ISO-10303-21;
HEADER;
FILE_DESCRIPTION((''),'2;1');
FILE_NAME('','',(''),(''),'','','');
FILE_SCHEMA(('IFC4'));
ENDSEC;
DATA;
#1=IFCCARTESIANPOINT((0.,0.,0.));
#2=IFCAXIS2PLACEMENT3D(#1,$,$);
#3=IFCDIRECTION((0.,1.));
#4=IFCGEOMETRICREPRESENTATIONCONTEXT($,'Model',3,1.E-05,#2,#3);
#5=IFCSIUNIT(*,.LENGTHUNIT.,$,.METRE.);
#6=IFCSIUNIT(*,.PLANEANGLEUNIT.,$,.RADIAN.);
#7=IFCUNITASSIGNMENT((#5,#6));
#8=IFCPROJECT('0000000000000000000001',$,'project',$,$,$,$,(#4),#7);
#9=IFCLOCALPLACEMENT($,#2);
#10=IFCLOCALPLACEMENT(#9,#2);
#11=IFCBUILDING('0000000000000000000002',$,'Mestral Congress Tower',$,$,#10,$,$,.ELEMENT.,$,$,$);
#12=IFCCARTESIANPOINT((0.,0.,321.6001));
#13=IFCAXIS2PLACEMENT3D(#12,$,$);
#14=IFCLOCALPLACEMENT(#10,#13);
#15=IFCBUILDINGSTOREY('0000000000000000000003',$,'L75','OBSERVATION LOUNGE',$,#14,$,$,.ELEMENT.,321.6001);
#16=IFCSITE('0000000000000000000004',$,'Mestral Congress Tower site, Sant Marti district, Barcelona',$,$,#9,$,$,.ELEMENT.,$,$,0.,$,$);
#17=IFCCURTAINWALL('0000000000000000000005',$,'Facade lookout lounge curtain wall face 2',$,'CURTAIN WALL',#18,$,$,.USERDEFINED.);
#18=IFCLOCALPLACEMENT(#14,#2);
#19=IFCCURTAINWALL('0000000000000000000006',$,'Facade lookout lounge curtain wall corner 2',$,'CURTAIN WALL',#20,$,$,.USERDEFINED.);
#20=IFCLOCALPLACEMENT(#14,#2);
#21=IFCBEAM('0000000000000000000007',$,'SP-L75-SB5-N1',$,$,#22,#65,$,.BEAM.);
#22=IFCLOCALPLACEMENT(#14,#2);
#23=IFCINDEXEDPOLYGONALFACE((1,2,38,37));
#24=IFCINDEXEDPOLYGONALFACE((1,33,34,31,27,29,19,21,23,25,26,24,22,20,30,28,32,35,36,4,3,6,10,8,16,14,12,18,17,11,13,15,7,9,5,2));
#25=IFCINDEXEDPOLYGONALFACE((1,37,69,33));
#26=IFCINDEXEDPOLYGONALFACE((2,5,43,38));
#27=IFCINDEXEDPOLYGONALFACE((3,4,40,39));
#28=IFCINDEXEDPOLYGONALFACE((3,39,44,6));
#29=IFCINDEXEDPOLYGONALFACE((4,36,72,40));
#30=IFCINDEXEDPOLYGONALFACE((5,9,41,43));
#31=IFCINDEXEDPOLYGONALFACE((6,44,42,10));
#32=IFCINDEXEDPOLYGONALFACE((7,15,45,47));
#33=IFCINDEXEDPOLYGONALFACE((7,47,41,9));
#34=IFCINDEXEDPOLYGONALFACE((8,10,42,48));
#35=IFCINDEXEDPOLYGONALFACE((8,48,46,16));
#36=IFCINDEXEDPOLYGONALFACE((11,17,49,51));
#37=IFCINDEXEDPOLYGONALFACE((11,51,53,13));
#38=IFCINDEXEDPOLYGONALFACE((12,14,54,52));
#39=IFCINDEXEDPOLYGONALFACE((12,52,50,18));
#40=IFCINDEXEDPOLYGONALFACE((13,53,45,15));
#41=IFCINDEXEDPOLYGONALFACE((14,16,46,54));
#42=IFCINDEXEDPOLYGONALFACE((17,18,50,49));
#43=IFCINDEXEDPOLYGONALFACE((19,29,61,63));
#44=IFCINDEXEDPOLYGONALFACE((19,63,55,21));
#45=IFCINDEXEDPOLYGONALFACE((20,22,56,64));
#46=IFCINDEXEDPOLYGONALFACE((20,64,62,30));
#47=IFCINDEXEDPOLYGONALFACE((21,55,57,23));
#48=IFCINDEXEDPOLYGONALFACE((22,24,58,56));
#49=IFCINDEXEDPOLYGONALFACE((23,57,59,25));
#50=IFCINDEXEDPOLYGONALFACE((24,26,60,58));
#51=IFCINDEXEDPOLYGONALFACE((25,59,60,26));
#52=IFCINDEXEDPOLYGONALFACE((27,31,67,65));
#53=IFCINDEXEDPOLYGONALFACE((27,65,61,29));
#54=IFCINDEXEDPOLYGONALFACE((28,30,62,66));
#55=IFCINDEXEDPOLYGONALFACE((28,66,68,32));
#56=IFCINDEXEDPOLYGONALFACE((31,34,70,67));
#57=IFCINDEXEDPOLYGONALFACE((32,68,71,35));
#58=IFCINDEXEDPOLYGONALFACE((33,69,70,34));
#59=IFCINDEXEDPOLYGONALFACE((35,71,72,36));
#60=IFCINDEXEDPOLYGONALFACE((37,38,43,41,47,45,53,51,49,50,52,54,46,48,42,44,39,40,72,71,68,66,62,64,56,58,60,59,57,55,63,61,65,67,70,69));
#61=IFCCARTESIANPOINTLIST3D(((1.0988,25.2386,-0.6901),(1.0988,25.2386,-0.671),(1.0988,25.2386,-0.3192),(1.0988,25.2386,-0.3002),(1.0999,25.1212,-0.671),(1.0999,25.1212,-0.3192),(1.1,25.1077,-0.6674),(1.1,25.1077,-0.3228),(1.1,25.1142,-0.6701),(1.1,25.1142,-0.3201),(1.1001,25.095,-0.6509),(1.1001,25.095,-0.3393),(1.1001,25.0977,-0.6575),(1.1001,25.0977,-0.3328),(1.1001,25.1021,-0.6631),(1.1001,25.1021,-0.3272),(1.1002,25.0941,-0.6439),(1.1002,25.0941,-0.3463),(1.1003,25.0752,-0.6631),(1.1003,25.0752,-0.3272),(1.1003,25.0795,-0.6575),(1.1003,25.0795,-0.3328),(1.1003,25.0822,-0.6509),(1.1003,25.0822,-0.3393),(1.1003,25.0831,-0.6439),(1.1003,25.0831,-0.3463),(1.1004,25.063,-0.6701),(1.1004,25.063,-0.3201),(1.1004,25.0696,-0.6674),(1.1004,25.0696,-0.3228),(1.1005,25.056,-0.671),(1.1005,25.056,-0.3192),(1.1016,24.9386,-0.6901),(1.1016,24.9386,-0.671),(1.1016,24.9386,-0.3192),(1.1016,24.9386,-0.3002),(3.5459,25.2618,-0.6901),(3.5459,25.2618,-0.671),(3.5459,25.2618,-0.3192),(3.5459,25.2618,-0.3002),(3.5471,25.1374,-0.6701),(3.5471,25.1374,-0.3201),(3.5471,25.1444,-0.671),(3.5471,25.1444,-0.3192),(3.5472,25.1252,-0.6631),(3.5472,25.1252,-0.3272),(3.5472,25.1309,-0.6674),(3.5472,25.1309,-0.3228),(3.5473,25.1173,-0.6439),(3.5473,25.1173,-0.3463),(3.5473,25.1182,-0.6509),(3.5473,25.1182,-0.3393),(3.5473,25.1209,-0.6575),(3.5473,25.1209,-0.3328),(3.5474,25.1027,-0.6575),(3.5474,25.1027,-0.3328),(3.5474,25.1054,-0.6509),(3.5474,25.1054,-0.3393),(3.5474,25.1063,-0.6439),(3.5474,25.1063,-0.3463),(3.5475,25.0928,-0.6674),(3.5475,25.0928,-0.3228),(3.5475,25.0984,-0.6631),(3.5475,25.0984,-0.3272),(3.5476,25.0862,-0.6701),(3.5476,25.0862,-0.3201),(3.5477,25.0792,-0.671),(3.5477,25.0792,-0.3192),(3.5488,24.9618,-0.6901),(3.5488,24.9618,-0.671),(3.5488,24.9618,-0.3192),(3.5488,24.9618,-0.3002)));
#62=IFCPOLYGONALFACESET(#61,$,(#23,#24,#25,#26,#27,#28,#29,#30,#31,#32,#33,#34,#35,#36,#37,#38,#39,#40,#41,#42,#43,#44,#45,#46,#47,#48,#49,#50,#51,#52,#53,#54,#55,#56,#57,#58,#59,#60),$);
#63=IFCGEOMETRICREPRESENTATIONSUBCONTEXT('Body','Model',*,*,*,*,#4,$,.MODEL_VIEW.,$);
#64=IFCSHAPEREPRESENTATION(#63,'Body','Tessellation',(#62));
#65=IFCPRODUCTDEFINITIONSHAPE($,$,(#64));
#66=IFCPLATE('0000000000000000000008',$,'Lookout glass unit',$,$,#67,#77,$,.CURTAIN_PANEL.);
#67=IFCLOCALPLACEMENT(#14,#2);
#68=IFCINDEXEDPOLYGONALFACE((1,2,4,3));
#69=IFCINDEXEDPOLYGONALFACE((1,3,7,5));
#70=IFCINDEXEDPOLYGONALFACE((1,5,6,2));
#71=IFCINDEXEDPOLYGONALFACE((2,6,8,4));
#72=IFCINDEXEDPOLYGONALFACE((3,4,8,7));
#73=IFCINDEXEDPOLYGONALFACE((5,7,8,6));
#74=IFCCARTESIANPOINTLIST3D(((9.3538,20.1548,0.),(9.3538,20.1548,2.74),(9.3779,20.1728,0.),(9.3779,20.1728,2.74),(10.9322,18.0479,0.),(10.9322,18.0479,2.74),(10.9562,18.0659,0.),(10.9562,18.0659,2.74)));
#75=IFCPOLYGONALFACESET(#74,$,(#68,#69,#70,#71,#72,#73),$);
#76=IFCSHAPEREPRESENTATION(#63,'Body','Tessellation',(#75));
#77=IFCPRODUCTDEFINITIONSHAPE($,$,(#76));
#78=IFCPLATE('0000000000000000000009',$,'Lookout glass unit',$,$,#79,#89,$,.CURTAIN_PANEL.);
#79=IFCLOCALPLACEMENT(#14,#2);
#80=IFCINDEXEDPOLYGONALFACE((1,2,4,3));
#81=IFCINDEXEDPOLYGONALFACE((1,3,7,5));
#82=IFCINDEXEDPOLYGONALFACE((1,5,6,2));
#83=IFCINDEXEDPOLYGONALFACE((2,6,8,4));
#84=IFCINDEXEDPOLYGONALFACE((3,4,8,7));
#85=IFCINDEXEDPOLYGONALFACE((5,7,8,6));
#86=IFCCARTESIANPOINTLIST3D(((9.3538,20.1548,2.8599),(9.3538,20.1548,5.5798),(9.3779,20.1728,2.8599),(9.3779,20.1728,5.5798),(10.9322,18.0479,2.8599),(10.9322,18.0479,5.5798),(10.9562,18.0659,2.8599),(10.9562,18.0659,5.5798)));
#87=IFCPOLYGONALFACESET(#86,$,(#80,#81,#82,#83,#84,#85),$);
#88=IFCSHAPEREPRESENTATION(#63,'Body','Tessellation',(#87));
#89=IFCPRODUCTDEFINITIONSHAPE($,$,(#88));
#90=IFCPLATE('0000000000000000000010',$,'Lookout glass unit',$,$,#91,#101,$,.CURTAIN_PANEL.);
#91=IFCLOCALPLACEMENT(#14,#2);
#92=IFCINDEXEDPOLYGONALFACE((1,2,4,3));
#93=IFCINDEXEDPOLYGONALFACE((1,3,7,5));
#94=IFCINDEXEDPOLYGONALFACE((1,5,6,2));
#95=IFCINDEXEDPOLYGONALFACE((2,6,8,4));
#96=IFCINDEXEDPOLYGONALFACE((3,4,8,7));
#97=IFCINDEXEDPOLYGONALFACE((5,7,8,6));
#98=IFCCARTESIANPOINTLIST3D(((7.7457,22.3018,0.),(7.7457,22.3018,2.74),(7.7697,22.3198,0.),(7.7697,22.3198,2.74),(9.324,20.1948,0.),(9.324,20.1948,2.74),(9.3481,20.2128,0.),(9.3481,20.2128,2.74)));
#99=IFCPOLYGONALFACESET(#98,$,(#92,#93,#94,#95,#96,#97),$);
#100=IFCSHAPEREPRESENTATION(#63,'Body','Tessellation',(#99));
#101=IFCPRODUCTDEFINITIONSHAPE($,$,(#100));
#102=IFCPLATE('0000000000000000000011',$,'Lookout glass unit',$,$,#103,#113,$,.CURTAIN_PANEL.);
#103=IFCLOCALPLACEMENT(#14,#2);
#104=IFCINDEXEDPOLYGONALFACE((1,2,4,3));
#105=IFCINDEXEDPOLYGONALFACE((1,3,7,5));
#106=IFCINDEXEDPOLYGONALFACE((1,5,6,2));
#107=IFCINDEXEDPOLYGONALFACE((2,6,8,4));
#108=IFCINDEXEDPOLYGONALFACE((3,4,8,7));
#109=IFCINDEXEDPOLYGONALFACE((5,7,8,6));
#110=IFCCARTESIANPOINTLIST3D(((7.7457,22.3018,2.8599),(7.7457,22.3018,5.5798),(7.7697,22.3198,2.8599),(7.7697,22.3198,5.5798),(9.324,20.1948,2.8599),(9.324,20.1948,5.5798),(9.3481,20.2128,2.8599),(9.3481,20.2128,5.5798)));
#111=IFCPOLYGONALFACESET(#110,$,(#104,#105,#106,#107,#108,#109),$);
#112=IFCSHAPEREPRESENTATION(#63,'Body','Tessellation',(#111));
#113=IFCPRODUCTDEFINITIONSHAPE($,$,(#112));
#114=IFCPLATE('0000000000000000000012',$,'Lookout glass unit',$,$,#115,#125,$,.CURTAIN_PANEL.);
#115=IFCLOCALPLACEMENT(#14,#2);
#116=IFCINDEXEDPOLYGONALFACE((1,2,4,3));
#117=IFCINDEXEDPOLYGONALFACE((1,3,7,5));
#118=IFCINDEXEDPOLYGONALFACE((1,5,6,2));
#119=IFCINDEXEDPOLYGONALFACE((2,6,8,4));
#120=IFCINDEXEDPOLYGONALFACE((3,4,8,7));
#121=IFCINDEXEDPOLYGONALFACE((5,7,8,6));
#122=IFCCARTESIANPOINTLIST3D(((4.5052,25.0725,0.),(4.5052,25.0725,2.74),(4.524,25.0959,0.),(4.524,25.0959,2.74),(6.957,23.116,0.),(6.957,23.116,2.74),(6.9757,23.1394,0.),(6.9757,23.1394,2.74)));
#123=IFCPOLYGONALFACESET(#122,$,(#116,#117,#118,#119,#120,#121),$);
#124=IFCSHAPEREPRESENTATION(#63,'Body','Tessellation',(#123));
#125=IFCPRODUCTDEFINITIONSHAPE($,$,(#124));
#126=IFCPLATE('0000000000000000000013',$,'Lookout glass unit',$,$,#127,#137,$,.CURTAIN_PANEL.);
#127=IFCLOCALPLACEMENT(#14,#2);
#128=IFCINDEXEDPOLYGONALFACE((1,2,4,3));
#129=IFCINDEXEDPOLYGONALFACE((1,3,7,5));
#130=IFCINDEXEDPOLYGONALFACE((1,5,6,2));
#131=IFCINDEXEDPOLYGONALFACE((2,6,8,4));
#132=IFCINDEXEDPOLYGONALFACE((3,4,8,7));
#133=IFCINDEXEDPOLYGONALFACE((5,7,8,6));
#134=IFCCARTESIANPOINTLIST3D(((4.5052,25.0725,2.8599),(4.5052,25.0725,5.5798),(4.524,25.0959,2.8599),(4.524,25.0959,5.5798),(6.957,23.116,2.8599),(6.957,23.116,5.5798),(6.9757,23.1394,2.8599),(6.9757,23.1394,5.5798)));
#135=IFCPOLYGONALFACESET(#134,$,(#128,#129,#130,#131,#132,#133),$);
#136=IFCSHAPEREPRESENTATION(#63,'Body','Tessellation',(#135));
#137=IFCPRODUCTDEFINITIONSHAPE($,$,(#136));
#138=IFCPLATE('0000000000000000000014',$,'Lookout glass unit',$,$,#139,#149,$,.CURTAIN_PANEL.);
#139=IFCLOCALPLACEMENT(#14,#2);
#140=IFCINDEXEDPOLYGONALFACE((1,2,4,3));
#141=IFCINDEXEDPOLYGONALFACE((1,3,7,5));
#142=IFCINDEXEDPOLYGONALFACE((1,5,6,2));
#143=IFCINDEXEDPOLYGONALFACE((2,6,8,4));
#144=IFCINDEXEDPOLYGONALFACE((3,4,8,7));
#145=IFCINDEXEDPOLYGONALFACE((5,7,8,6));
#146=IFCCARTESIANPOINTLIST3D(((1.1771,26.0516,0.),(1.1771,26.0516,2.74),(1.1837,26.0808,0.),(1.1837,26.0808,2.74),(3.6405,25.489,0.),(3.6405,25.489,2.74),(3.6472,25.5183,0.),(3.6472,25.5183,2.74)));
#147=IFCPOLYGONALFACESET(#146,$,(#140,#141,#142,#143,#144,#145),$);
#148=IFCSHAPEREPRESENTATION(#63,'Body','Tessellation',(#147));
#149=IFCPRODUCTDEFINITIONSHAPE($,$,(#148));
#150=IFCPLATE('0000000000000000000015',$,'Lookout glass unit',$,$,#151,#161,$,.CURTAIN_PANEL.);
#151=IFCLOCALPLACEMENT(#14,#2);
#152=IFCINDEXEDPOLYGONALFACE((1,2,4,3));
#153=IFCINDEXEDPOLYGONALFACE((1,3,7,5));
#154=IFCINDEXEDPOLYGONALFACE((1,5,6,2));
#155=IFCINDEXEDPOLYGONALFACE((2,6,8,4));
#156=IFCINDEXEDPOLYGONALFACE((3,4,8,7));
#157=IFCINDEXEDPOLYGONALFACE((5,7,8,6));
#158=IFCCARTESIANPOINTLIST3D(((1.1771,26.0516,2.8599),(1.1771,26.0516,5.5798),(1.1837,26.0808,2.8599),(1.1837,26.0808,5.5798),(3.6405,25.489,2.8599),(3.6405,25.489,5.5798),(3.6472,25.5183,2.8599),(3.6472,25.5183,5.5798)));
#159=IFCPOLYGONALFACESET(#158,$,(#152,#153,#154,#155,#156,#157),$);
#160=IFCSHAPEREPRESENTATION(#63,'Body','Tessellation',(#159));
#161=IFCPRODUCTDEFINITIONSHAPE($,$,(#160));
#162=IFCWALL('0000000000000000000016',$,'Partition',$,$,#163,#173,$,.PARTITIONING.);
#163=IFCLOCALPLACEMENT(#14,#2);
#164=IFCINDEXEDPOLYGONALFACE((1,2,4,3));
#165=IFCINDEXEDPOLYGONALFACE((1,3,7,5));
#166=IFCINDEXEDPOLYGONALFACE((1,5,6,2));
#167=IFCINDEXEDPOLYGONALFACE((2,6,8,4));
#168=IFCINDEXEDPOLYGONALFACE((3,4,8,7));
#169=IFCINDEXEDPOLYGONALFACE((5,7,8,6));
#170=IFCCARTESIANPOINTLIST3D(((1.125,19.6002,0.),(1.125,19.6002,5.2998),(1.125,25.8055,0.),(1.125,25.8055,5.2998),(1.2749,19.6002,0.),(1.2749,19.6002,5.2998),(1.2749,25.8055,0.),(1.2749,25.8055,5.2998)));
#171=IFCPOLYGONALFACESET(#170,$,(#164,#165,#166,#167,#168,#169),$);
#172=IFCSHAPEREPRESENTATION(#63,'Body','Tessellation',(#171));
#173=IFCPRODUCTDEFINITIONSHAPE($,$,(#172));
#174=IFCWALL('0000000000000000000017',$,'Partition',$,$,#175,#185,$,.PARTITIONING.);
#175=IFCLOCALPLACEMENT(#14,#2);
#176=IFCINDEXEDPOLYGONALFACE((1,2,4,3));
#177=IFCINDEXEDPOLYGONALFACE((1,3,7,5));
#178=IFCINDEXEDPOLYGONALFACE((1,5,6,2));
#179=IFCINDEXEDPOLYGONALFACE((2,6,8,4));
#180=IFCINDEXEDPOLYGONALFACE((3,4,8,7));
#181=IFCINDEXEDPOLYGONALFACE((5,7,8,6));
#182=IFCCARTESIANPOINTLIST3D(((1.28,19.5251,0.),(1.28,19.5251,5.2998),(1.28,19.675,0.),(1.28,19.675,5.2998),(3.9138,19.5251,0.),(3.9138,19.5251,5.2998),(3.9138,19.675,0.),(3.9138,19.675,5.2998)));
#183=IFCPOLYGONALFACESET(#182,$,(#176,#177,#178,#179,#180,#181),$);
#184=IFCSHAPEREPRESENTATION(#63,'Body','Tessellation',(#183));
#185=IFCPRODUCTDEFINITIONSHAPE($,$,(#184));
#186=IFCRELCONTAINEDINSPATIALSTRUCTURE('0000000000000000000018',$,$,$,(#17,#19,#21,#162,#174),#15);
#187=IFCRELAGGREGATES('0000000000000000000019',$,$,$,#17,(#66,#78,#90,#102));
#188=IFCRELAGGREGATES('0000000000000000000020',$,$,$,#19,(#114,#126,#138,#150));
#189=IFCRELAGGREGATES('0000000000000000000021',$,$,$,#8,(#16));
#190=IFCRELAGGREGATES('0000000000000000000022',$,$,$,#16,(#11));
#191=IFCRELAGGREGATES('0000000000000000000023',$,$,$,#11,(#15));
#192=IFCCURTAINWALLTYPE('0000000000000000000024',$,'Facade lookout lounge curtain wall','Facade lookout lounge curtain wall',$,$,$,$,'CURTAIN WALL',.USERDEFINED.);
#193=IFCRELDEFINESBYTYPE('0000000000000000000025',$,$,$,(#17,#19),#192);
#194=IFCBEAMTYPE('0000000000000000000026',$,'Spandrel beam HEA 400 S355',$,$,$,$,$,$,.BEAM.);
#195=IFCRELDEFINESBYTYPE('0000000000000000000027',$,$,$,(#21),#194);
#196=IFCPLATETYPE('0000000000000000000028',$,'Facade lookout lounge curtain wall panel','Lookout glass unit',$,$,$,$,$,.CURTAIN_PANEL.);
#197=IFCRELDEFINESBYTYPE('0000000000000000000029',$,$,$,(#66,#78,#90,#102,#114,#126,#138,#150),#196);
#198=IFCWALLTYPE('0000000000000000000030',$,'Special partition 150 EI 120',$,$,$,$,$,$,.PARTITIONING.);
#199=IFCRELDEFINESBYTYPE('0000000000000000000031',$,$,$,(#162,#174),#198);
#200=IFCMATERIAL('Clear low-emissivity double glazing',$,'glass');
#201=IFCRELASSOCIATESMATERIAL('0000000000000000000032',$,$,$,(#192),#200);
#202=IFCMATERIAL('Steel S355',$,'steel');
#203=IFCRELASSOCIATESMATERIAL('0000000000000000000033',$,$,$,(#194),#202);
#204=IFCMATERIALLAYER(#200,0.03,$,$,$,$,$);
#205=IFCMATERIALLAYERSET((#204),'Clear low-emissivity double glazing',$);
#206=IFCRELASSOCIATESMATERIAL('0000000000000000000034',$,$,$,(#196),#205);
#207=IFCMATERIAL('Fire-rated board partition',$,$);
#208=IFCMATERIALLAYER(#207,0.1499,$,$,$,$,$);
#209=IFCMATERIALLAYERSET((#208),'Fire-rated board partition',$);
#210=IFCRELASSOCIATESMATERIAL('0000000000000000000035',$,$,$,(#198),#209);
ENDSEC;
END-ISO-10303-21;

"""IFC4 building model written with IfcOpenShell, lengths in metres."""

from ifc_helpers import new_model, si_unit, direction, frame, frame_2d, origin, origin_2d, place, context, subcontext, project, spatial, rectangle, i_section, extrude, material, layer, layer_set, material_profile, profile_set, type_object, element, aggregate, save


model = new_model("IFC4")

# Units and contexts
model_context = context("Model", 3, precision=1e-05, world=origin(), true_north=direction((0.0, 1.0)))
body_context = subcontext(model_context, "Body", "Model", "MODEL_VIEW")
ifc_project = project(units=[si_unit("LENGTHUNIT", "METRE"), si_unit("PLANEANGLEUNIT", "RADIAN")], contexts=[model_context])

# Site, building, storey
site_placement = place(None, origin())
site = spatial("IfcSite", under=ifc_project, at=site_placement, Name="Mestral Congress Tower site, Sant Marti district, Barcelona", CompositionType="ELEMENT", RefElevation=0.0)
building_placement = place(site_placement, origin())
building = spatial("IfcBuilding", under=site, at=building_placement, Name="Mestral Congress Tower", CompositionType="ELEMENT")
storey_placement = place(building_placement, frame((0.0, 0.0, 321.6001)))
storey = spatial("IfcBuildingStorey", under=building, at=storey_placement, Name="L75", Description="OBSERVATION LOUNGE", CompositionType="ELEMENT", Elevation=321.6001)

# Curtain walls
ifc_material_1 = material(Name="Clear low-emissivity double glazing", Category="glass")
curtain_wall_type = type_object("IfcCurtainWallType", Name="Facade lookout lounge curtain wall", Description="Facade lookout lounge curtain wall", ElementType="CURTAIN WALL", PredefinedType="USERDEFINED", material=ifc_material_1)
placement = place(storey_placement, origin())
curtain_wall_1 = element("IfcCurtainWall", 1, at=placement, inside=storey, type_object=curtain_wall_type, Name="Facade lookout lounge curtain wall face 2", ObjectType="CURTAIN WALL", PredefinedType="USERDEFINED")
curtain_wall_2 = element("IfcCurtainWall", 2, at=placement, inside=storey, type_object=curtain_wall_type, Name="Facade lookout lounge curtain wall corner 2", ObjectType="CURTAIN WALL", PredefinedType="USERDEFINED")

# Beam
ifc_material_2 = material(Name="Steel S355", Category="steel")
ifc_material_profile_1 = material_profile(ifc_material_2, i_section(OverallWidth=0.3, OverallDepth=0.3899, WebThickness=0.011, FlangeThickness=0.019, FilletRadius=0.0271, at=origin_2d()), Name="HEA 400")
ifc_profile_set_1 = profile_set([ifc_material_profile_1], Name="Steel S355")
beam_type_1 = type_object("IfcBeamType", Name="Spandrel beam HEA 400 S355", PredefinedType="BEAM", material=ifc_profile_set_1)
beam_1_placement = place(storey_placement, frame((3.5474, 25.1118, -0.4951), z_axis=(-0.999955, -0.009477, 0.0), x_axis=(0.009477, -0.999955, 0.0)))
element("IfcBeam", 3, at=beam_1_placement, inside=storey, type_object=beam_type_1, Name="SP-L75-SB5-N1", PredefinedType="BEAM", context=body_context, shape_type="SweptSolid", body=[
    extrude(i_section(OverallWidth=0.3, OverallDepth=0.3899, WebThickness=0.011, FlangeThickness=0.019, FilletRadius=0.0271, at=origin_2d()), origin(), (0.0, 0.0, 1.0), 2.4473),
])

# Plates
ifc_layer_1 = layer(ifc_material_1, 0.03)
ifc_layer_set_1 = layer_set([ifc_layer_1], Name="Clear low-emissivity double glazing")
plate_type = type_object("IfcPlateType", Name="Facade lookout lounge curtain wall panel", Description="Lookout glass unit", PredefinedType="CURTAIN_PANEL", material=ifc_layer_set_1)
plate_1_placement = place(storey_placement, frame((10.155, 19.1104, 0.0), z_axis=(0.0, 0.0, 1.0), x_axis=(-0.599542, 0.800343, 0.0)))
plate_1 = element("IfcPlate", 4, at=plate_1_placement, type_object=plate_type, Name="Lookout glass unit", PredefinedType="CURTAIN_PANEL", context=body_context, shape_type="SweptSolid", body=[
    extrude(rectangle(XDim=2.6326, YDim=0.03, at=origin_2d()), origin(), (0.0, 0.0, 1.0), 2.74),
])
plate_2_placement = place(storey_placement, frame((10.155, 19.1104, 2.8599), z_axis=(0.0, 0.0, 1.0), x_axis=(-0.599542, 0.800343, 0.0)))
plate_2 = element("IfcPlate", 5, at=plate_2_placement, type_object=plate_type, Name="Lookout glass unit", PredefinedType="CURTAIN_PANEL", context=body_context, shape_type="SweptSolid", body=[
    extrude(rectangle(XDim=2.6326, YDim=0.03, at=origin_2d()), origin(), (0.0, 0.0, 1.0), 2.72),
])
plate_3_placement = place(storey_placement, frame((8.5469, 21.2573, 0.0), z_axis=(0.0, 0.0, 1.0), x_axis=(-0.599542, 0.800343, 0.0)))
plate_3 = element("IfcPlate", 6, at=plate_3_placement, type_object=plate_type, Name="Lookout glass unit", PredefinedType="CURTAIN_PANEL", context=body_context, shape_type="SweptSolid", body=[
    extrude(rectangle(XDim=2.6326, YDim=0.03, at=origin_2d()), origin(), (0.0, 0.0, 1.0), 2.74),
])
plate_4_placement = place(storey_placement, frame((8.5469, 21.2573, 2.8599), z_axis=(0.0, 0.0, 1.0), x_axis=(-0.599542, 0.800343, 0.0)))
plate_4 = element("IfcPlate", 7, at=plate_4_placement, type_object=plate_type, Name="Lookout glass unit", PredefinedType="CURTAIN_PANEL", context=body_context, shape_type="SweptSolid", body=[
    extrude(rectangle(XDim=2.6326, YDim=0.03, at=origin_2d()), origin(), (0.0, 0.0, 1.0), 2.72),
])
aggregate(curtain_wall_1, [plate_1, plate_2, plate_3, plate_4])
plate_5_placement = place(storey_placement, frame((5.7405, 24.106, 0.0), z_axis=(0.0, 0.0, 1.0), x_axis=(-0.781634, 0.623738, 0.0)))
plate_5 = element("IfcPlate", 8, at=plate_5_placement, type_object=plate_type, Name="Lookout glass unit", PredefinedType="CURTAIN_PANEL", context=body_context, shape_type="SweptSolid", body=[
    extrude(rectangle(XDim=3.1367, YDim=0.03, at=origin_2d()), origin(), (0.0, 0.0, 1.0), 2.74),
])
plate_6_placement = place(storey_placement, frame((5.7405, 24.106, 2.8599), z_axis=(0.0, 0.0, 1.0), x_axis=(-0.781634, 0.623738, 0.0)))
plate_6 = element("IfcPlate", 9, at=plate_6_placement, type_object=plate_type, Name="Lookout glass unit", PredefinedType="CURTAIN_PANEL", context=body_context, shape_type="SweptSolid", body=[
    extrude(rectangle(XDim=3.1367, YDim=0.03, at=origin_2d()), origin(), (0.0, 0.0, 1.0), 2.72),
])
plate_7_placement = place(storey_placement, frame((2.4121, 25.7849, 0.0), z_axis=(0.0, 0.0, 1.0), x_axis=(-0.974899, 0.222646, 0.0)))
plate_7 = element("IfcPlate", 10, at=plate_7_placement, type_object=plate_type, Name="Lookout glass unit", PredefinedType="CURTAIN_PANEL", context=body_context, shape_type="SweptSolid", body=[
    extrude(rectangle(XDim=2.5269, YDim=0.03, at=origin_2d()), origin(), (0.0, 0.0, 1.0), 2.74),
])
plate_8_placement = place(storey_placement, frame((2.4121, 25.7849, 2.8599), z_axis=(0.0, 0.0, 1.0), x_axis=(-0.974899, 0.222646, 0.0)))
plate_8 = element("IfcPlate", 11, at=plate_8_placement, type_object=plate_type, Name="Lookout glass unit", PredefinedType="CURTAIN_PANEL", context=body_context, shape_type="SweptSolid", body=[
    extrude(rectangle(XDim=2.5269, YDim=0.03, at=origin_2d()), origin(), (0.0, 0.0, 1.0), 2.72),
])
aggregate(curtain_wall_2, [plate_5, plate_6, plate_7, plate_8])

# Walls
ifc_material_3 = material(Name="Fire-rated board partition")
ifc_layer_2 = layer(ifc_material_3, 0.1499)
ifc_layer_set_2 = layer_set([ifc_layer_2], Name="Fire-rated board partition")
wall_type = type_object("IfcWallType", Name="Special partition 150 EI 120", PredefinedType="PARTITIONING", material=ifc_layer_set_2)
wall_1_placement = place(storey_placement, frame((1.2, 25.8054, 0.0), z_axis=(0.0, 0.0, 1.0), x_axis=(0.0, -1.0, 0.0)))
element("IfcWall", 12, at=wall_1_placement, inside=storey, type_object=wall_type, Name="Partition", PredefinedType="PARTITIONING", context=body_context, shape_type="SweptSolid", body=[
    extrude(rectangle(XDim=6.2053, YDim=0.1499, at=frame_2d((3.1025, 0.0))), origin(), (0.0, 0.0, 1.0), 5.2998),
])
wall_2_placement = place(storey_placement, frame((1.28, 19.6001, 0.0), z_axis=(0.0, 0.0, 1.0), x_axis=(1.0, 0.0, 0.0)))
element("IfcWall", 13, at=wall_2_placement, inside=storey, type_object=wall_type, Name="Partition", PredefinedType="PARTITIONING", context=body_context, shape_type="SweptSolid", body=[
    extrude(rectangle(XDim=2.6338, YDim=0.1499, at=frame_2d((1.3169, 0.0))), origin(), (0.0, 0.0, 1.0), 5.2998),
])

save(model, "model.ifc")
